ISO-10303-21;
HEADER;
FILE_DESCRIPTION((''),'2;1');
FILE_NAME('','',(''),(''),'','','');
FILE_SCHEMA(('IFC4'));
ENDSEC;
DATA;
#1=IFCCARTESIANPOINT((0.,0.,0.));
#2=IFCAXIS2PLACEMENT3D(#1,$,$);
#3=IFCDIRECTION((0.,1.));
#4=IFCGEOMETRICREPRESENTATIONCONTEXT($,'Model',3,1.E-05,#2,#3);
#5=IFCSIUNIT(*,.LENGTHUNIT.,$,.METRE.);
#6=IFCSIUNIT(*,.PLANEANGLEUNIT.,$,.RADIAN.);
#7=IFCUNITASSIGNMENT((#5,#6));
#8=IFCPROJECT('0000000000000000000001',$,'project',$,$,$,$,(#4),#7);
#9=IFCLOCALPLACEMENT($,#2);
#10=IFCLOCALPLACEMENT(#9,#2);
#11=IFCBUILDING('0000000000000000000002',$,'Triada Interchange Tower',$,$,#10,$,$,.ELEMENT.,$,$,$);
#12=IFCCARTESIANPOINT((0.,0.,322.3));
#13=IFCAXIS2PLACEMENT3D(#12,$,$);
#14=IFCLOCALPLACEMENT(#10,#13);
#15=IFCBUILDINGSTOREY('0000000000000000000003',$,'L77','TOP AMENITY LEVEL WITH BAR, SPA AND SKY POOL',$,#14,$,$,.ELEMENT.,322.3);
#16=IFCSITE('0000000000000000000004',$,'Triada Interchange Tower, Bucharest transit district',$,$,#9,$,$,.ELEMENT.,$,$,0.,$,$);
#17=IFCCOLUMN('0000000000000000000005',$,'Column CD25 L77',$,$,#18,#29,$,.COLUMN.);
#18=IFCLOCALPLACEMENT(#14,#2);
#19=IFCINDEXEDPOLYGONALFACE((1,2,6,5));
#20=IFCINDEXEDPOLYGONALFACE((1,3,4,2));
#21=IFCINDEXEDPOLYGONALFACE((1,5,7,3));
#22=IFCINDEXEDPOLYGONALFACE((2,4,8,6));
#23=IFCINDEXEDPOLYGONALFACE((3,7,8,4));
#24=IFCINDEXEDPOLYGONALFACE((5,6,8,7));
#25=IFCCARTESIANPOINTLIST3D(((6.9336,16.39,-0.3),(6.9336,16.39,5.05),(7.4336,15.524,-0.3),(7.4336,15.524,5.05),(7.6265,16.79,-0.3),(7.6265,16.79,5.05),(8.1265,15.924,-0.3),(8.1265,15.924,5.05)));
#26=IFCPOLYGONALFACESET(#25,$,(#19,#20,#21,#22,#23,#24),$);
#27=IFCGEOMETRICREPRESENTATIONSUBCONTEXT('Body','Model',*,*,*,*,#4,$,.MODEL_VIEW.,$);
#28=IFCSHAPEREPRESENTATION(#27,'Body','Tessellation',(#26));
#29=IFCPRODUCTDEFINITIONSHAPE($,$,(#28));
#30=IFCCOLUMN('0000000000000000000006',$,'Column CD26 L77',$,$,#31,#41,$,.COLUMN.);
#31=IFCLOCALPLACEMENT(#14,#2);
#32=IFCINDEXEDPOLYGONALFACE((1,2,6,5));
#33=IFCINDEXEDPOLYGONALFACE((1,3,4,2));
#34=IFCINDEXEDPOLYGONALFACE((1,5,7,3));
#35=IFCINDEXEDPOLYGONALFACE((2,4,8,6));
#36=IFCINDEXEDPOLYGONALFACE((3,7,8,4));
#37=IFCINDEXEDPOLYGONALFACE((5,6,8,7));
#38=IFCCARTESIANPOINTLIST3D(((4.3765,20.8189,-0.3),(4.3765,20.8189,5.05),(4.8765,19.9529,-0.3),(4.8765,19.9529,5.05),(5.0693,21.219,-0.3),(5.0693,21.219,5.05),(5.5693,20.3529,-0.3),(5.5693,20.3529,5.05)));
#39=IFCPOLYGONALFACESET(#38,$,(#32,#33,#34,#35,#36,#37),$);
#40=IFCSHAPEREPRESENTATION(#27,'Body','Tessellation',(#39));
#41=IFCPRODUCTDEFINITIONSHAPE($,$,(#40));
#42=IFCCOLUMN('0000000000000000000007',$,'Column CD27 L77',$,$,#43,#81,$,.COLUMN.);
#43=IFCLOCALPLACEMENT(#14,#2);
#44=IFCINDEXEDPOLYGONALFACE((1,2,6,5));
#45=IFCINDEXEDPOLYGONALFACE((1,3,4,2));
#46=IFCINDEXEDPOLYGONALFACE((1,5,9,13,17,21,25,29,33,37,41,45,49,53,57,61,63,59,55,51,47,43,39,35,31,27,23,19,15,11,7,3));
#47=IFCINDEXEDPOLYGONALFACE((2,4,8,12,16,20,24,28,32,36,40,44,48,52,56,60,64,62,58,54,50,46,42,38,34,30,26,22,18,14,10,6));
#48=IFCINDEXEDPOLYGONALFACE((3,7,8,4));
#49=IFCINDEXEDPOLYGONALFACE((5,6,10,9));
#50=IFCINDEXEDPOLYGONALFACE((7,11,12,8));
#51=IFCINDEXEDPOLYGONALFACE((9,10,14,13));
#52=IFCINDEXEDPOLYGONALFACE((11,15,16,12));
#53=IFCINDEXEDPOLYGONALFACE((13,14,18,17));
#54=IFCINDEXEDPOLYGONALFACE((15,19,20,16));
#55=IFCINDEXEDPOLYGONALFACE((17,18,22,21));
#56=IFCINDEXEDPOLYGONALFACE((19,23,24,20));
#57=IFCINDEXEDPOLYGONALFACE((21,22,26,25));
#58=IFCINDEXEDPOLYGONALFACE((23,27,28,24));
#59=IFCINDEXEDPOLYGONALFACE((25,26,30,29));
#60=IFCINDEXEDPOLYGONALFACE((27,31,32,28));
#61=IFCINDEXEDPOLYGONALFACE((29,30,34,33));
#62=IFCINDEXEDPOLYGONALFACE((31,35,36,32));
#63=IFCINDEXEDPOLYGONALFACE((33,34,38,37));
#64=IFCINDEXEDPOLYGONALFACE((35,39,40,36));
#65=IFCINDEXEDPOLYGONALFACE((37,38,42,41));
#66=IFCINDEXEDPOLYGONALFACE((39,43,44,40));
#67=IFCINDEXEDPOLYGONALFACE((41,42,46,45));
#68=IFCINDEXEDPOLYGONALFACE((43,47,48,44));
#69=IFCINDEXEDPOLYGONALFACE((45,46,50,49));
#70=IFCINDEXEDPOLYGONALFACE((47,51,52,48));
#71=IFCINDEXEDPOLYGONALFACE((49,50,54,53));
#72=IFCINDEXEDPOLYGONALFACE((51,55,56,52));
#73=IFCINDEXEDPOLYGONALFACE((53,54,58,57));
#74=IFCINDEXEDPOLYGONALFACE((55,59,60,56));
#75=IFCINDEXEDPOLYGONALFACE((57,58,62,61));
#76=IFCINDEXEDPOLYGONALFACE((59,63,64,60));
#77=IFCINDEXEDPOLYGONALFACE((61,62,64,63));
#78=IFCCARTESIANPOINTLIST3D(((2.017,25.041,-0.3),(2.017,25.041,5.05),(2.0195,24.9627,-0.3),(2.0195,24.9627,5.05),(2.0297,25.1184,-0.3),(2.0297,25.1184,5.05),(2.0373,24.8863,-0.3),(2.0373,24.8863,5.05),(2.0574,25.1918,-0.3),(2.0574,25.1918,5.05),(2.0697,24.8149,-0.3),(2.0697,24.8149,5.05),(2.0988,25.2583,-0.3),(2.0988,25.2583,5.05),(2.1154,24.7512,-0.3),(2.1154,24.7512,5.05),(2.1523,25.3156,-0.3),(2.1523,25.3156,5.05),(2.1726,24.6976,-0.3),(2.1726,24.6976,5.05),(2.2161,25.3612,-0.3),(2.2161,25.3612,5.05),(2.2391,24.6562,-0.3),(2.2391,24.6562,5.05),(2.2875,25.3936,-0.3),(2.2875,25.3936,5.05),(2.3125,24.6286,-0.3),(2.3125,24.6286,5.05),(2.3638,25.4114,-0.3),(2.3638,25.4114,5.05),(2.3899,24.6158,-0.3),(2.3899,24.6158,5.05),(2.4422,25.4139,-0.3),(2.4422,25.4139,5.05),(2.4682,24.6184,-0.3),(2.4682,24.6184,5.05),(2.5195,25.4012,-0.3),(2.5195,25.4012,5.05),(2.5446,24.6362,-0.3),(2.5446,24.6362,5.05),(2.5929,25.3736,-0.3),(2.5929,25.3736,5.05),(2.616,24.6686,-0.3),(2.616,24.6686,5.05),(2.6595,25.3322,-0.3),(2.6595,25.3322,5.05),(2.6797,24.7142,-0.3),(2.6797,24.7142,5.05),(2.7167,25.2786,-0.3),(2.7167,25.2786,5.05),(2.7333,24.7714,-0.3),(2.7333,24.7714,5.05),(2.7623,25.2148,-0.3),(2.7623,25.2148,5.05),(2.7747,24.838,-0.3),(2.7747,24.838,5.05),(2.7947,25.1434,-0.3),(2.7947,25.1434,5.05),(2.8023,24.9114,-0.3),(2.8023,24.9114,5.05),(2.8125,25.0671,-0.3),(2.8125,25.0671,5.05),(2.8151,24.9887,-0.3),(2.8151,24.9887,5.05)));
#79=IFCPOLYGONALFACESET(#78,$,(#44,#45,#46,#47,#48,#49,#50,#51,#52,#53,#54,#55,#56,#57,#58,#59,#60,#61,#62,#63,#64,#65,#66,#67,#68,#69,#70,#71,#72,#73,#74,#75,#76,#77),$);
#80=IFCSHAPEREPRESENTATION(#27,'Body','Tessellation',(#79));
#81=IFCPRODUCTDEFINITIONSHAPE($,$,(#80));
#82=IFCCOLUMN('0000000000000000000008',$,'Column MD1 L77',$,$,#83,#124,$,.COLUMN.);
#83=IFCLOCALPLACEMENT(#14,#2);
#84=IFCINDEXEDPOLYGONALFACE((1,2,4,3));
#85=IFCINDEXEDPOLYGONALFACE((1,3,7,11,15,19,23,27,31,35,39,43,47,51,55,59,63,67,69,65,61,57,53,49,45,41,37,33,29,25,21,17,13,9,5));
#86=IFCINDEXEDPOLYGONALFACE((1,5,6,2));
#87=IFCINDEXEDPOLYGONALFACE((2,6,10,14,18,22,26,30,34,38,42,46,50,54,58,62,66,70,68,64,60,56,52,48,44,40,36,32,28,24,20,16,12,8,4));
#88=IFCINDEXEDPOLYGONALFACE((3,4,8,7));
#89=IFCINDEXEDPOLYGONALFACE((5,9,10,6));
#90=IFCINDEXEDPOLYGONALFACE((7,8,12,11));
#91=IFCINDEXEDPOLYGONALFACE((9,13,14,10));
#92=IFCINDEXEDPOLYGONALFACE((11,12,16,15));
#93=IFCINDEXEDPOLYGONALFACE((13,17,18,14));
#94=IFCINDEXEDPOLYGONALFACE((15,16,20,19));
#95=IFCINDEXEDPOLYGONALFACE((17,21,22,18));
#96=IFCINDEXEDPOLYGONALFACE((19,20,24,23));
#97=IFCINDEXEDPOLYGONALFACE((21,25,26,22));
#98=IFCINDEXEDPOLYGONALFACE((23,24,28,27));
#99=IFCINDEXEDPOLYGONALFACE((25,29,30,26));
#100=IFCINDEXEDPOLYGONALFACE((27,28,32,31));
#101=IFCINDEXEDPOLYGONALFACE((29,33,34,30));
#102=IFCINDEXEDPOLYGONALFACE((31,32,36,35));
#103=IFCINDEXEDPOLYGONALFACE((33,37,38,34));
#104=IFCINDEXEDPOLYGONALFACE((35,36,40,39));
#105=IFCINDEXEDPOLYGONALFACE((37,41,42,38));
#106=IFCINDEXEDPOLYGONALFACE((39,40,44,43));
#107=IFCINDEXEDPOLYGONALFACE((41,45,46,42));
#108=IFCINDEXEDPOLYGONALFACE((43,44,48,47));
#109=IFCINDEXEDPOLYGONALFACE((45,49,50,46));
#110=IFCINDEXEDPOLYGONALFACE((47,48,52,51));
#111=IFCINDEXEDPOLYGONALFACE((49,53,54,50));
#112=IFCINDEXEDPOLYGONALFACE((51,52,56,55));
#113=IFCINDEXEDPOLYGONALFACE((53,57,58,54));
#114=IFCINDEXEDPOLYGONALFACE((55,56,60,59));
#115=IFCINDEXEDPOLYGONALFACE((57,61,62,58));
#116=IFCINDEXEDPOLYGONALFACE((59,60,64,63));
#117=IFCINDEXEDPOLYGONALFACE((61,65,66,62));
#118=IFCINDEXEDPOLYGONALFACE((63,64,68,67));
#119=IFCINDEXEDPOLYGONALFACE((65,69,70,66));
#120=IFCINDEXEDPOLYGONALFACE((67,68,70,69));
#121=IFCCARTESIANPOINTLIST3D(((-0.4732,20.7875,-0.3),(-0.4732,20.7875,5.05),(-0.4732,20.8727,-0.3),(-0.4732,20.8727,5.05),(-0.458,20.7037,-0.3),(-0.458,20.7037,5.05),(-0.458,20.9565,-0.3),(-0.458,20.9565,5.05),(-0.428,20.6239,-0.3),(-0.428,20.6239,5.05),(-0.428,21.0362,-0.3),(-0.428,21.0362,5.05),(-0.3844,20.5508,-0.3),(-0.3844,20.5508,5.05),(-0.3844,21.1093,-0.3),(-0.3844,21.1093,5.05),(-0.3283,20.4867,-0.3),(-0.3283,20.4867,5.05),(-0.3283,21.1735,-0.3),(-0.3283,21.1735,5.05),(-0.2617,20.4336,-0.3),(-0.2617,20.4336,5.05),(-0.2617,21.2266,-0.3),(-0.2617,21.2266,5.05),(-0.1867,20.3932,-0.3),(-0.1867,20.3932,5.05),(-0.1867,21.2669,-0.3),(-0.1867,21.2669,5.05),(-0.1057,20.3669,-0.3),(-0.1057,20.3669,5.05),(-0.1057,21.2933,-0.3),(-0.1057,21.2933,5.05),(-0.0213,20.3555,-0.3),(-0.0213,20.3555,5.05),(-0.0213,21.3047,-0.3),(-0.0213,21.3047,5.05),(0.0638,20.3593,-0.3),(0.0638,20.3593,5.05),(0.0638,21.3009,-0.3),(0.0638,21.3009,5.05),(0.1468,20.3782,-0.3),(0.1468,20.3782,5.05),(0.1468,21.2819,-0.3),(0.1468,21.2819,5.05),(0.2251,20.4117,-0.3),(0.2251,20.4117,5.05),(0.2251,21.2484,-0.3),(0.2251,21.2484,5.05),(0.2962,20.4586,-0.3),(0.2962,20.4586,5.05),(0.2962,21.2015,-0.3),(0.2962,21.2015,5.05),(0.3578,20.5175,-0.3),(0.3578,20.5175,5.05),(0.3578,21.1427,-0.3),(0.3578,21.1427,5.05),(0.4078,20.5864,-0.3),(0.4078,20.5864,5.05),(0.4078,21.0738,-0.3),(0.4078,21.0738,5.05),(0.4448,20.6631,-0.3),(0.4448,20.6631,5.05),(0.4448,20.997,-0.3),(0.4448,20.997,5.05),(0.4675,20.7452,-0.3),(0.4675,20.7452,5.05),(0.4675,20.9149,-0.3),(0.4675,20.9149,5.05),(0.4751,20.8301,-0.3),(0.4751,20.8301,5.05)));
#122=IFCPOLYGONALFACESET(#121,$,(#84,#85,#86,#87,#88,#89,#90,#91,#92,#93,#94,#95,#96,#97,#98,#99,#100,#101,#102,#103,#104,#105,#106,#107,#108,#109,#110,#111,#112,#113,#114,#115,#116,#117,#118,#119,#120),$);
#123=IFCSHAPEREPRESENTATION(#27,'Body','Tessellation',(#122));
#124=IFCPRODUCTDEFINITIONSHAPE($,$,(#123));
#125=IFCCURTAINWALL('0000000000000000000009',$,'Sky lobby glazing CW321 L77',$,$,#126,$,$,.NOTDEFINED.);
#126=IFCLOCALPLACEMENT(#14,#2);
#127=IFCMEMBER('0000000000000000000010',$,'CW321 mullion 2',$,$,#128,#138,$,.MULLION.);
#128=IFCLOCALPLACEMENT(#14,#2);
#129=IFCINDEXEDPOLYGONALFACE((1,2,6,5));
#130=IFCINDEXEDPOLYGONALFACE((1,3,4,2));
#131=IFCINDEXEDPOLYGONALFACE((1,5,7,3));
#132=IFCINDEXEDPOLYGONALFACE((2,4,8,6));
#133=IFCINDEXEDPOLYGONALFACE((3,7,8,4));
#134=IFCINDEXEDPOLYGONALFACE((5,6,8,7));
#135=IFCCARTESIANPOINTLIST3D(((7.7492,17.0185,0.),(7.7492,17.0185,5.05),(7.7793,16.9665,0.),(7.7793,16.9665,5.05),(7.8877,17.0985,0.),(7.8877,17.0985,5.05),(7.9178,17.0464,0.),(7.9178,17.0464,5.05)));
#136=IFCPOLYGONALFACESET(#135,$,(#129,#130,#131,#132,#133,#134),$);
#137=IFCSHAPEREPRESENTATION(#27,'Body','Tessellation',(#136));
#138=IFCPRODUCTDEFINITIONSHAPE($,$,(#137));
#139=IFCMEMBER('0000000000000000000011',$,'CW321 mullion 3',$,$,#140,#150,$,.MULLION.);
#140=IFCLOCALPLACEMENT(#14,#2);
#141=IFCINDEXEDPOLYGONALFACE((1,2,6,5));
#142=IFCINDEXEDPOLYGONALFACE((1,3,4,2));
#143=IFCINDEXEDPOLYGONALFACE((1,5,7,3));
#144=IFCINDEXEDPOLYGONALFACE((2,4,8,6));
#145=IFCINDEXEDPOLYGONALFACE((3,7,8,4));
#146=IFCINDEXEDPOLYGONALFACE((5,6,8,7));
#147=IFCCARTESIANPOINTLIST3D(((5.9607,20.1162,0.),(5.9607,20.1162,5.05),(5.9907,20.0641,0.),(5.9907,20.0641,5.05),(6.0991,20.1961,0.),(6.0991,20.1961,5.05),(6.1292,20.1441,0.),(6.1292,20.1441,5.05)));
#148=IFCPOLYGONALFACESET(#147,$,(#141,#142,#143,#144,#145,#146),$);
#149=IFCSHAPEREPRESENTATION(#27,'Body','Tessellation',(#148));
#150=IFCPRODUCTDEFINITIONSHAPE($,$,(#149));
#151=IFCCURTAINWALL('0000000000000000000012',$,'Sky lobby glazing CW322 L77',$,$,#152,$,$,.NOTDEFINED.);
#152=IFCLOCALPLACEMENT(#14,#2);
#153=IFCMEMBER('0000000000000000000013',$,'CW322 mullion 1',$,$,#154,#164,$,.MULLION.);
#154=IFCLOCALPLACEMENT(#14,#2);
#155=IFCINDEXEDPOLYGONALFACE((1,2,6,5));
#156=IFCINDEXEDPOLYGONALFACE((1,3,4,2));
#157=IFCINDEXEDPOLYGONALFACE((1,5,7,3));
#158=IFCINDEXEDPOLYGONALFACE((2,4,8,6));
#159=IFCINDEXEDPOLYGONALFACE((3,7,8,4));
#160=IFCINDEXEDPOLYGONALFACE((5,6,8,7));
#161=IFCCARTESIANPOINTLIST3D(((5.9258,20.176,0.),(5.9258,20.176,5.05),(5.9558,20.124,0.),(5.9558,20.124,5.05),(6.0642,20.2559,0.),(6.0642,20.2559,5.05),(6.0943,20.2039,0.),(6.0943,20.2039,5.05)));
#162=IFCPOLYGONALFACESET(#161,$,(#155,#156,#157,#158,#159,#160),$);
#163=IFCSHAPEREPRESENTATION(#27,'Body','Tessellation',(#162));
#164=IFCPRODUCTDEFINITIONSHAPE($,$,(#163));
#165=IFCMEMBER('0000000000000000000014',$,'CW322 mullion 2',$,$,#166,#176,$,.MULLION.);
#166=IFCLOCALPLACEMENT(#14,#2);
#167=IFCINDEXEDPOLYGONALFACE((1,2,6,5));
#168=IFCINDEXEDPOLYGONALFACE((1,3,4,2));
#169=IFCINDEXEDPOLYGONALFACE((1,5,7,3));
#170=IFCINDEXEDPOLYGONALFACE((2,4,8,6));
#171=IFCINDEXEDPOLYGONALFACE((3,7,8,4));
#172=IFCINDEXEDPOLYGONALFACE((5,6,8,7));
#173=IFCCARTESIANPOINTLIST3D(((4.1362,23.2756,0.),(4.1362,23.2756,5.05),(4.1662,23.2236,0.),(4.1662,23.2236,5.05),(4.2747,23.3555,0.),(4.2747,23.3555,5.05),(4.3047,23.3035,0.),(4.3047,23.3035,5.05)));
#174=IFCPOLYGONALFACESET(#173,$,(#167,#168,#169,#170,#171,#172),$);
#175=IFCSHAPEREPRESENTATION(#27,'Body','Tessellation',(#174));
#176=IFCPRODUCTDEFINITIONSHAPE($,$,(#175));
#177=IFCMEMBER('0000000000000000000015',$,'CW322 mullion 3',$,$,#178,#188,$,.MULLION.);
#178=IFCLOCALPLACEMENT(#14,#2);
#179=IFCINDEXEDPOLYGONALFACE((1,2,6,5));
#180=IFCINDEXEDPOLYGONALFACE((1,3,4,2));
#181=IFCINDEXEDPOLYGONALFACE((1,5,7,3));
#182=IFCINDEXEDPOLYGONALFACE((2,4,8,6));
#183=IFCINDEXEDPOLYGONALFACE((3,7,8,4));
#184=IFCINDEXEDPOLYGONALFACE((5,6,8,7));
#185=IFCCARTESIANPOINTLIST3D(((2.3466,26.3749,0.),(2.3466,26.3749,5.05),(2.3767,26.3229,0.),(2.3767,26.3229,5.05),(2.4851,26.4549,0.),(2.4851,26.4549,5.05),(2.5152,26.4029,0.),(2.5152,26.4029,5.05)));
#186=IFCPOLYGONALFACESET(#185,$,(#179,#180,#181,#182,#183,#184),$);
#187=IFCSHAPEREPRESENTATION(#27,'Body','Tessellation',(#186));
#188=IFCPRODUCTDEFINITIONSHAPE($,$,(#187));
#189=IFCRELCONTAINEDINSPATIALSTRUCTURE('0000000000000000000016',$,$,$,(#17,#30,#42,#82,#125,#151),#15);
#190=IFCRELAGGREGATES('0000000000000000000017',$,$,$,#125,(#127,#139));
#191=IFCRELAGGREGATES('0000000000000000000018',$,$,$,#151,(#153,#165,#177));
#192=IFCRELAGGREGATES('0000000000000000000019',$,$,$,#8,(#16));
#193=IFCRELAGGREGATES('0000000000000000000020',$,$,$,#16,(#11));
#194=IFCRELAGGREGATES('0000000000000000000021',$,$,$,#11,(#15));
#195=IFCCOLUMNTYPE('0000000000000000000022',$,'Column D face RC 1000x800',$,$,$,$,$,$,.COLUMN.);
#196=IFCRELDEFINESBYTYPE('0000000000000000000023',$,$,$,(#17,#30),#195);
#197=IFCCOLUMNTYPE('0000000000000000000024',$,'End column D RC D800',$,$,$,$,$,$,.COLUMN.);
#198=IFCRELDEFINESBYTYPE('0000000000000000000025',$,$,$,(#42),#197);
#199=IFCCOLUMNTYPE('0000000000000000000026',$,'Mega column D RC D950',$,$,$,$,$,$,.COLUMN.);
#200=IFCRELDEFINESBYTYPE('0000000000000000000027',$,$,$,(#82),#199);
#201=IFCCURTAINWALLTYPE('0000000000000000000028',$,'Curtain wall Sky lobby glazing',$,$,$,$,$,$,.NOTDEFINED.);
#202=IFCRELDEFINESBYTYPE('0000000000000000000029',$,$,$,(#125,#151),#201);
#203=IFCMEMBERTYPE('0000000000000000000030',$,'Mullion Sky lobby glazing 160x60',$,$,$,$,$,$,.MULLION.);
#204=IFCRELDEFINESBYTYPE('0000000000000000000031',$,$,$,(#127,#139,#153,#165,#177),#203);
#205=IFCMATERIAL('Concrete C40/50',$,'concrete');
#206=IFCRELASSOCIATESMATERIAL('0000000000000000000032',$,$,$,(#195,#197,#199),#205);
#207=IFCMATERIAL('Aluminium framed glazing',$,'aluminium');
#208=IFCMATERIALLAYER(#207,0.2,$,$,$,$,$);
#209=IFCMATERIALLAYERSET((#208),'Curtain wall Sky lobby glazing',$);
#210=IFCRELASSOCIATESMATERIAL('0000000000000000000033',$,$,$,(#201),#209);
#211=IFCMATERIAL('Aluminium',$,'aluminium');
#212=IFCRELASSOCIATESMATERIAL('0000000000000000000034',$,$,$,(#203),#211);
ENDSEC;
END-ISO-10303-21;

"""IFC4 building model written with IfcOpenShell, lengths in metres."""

from ifc_helpers import new_model, si_unit, direction, frame, origin, origin_2d, place, context, subcontext, project, spatial, rectangle, circle, extrude, material, layer, layer_set, material_profile, profile_set, type_object, element, aggregate, save


model = new_model("IFC4")

# Units and contexts
model_context = context("Model", 3, precision=1e-05, world=origin(), true_north=direction((0.0, 1.0)))
body_context = subcontext(model_context, "Body", "Model", "MODEL_VIEW")
ifc_project = project(units=[si_unit("LENGTHUNIT", "METRE"), si_unit("PLANEANGLEUNIT", "RADIAN")], contexts=[model_context])

# Site, building, storey
site_placement = place(None, origin())
site = spatial("IfcSite", under=ifc_project, at=site_placement, Name="Triada Interchange Tower, Bucharest transit district", CompositionType="ELEMENT", RefElevation=0.0)
building_placement = place(site_placement, origin())
building = spatial("IfcBuilding", under=site, at=building_placement, Name="Triada Interchange Tower", CompositionType="ELEMENT")
storey_placement = place(building_placement, frame((0.0, 0.0, 322.3)))
storey = spatial("IfcBuildingStorey", under=building, at=storey_placement, Name="L77", Description="TOP AMENITY LEVEL WITH BAR, SPA AND SKY POOL", CompositionType="ELEMENT", Elevation=322.3)

# Columns
ifc_material_1 = material(Name="Concrete C40/50", Category="concrete")
ifc_material_profile_1 = material_profile(ifc_material_1, rectangle(XDim=1.0, YDim=0.8, at=origin_2d()), Name="RC 1000x800")
ifc_profile_set_1 = profile_set([ifc_material_profile_1], Name="Concrete C40/50")
column_type_1 = type_object("IfcColumnType", Name="Column D face RC 1000x800", PredefinedType="COLUMN", material=ifc_profile_set_1)
for number, where, z_axis, x_axis, name in (
    (1, (7.53, 16.157, -0.3), (0.0, 0.0, 1.0), (-0.5, 0.866025, 0.0), "Column CD25 L77"),
    (2, (4.9729, 20.5859, -0.3), (0.0, 0.0, 1.0), (-0.5, 0.866025, 0.0), "Column CD26 L77"),
):
    element("IfcColumn", number, at=place(storey_placement, frame(where, z_axis=z_axis, x_axis=x_axis)), inside=storey, type_object=column_type_1, Name=name, PredefinedType="COLUMN", context=body_context, shape_type="SweptSolid", body=[
        extrude(rectangle(XDim=1.0, YDim=0.8, at=origin_2d()), origin(), (0.0, 0.0, 1.0), 5.3501),
    ])
ifc_material_profile_2 = material_profile(ifc_material_1, circle(Radius=0.3999, at=origin_2d()), Name="RC D800")
ifc_profile_set_2 = profile_set([ifc_material_profile_2], Name="Concrete C40/50")
column_type_2 = type_object("IfcColumnType", Name="End column D RC D800", PredefinedType="COLUMN", material=ifc_profile_set_2)
column_1_placement = place(storey_placement, frame((2.416, 25.0149, -0.3), z_axis=(0.0, 0.0, 1.0), x_axis=(-0.5, 0.866025, 0.0)))
element("IfcColumn", 3, at=column_1_placement, inside=storey, type_object=column_type_2, Name="Column CD27 L77", PredefinedType="COLUMN", context=body_context, shape_type="SweptSolid", body=[
    extrude(circle(Radius=0.3999, at=origin_2d()), origin(), (0.0, 0.0, 1.0), 5.3501),
])
ifc_material_profile_3 = material_profile(ifc_material_1, circle(Radius=0.4751, at=origin_2d()), Name="RC D950")
ifc_profile_set_3 = profile_set([ifc_material_profile_3], Name="Concrete C40/50")
column_type_3 = type_object("IfcColumnType", Name="Mega column D RC D950", PredefinedType="COLUMN", material=ifc_profile_set_3)
column_2_placement = place(storey_placement, frame((0.0, 20.8301, -0.3), z_axis=(0.0, 0.0, 1.0), x_axis=(1.0, 0.0, 0.0)))
element("IfcColumn", 4, at=column_2_placement, inside=storey, type_object=column_type_3, Name="Column MD1 L77", PredefinedType="COLUMN", context=body_context, shape_type="SweptSolid", body=[
    extrude(circle(Radius=0.4751, at=origin_2d()), origin(), (0.0, 0.0, 1.0), 5.3501),
])

# Curtain walls, members
ifc_material_2 = material(Name="Aluminium framed glazing", Category="aluminium")
ifc_layer_1 = layer(ifc_material_2, 0.2)
ifc_layer_set_1 = layer_set([ifc_layer_1], Name="Curtain wall Sky lobby glazing")
curtain_wall_type_1 = type_object("IfcCurtainWallType", Name="Curtain wall Sky lobby glazing", PredefinedType="NOTDEFINED", material=ifc_layer_set_1)
curtain_wall_1_placement = place(storey_placement, origin())
curtain_wall_1 = element("IfcCurtainWall", 5, at=curtain_wall_1_placement, inside=storey, type_object=curtain_wall_type_1, Name="Sky lobby glazing CW321 L77", PredefinedType="NOTDEFINED")
ifc_material_3 = material(Name="Aluminium", Category="aluminium")
ifc_material_profile_4 = material_profile(ifc_material_3, rectangle(XDim=0.1599, YDim=0.0601, at=origin_2d()), Name="Aluminium mullion")
ifc_profile_set_4 = profile_set([ifc_material_profile_4], Name="Aluminium")
member_type_1 = type_object("IfcMemberType", Name="Mullion Sky lobby glazing 160x60", PredefinedType="MULLION", material=ifc_profile_set_4)
member_1_placement = place(storey_placement, frame((7.8335, 17.0325, 0.0), z_axis=(0.0, 0.0, 1.0), x_axis=(-0.866008, -0.50003, 0.0)))
member_1 = element("IfcMember", 6, at=member_1_placement, type_object=member_type_1, Name="CW321 mullion 2", PredefinedType="MULLION", context=body_context, shape_type="SweptSolid", body=[
    extrude(rectangle(XDim=0.1599, YDim=0.0601, at=origin_2d()), origin(), (0.0, 0.0, 1.0), 5.05),
])
member_2_placement = place(storey_placement, frame((6.0449, 20.1301, 0.0), z_axis=(0.0, 0.0, 1.0), x_axis=(-0.866008, -0.50003, 0.0)))
member_2 = element("IfcMember", 7, at=member_2_placement, type_object=member_type_1, Name="CW321 mullion 3", PredefinedType="MULLION", context=body_context, shape_type="SweptSolid", body=[
    extrude(rectangle(XDim=0.1599, YDim=0.0601, at=origin_2d()), origin(), (0.0, 0.0, 1.0), 5.05),
])
curtain_wall_2_placement = place(storey_placement, origin())
curtain_wall_2 = element("IfcCurtainWall", 8, at=curtain_wall_2_placement, inside=storey, type_object=curtain_wall_type_1, Name="Sky lobby glazing CW322 L77", PredefinedType="NOTDEFINED")
member_3_placement = place(storey_placement, frame((6.01, 20.1899, 0.0), z_axis=(0.0, 0.0, 1.0), x_axis=(-0.866026, -0.499998, 0.0)))
member_3 = element("IfcMember", 9, at=member_3_placement, type_object=member_type_1, Name="CW322 mullion 1", PredefinedType="MULLION", context=body_context, shape_type="SweptSolid", body=[
    extrude(rectangle(XDim=0.1599, YDim=0.0601, at=origin_2d()), origin(), (0.0, 0.0, 1.0), 5.05),
])
member_4_placement = place(storey_placement, frame((4.2205, 23.2896, 0.0), z_axis=(0.0, 0.0, 1.0), x_axis=(-0.866026, -0.499998, 0.0)))
member_4 = element("IfcMember", 10, at=member_4_placement, type_object=member_type_1, Name="CW322 mullion 2", PredefinedType="MULLION", context=body_context, shape_type="SweptSolid", body=[
    extrude(rectangle(XDim=0.1599, YDim=0.0601, at=origin_2d()), origin(), (0.0, 0.0, 1.0), 5.05),
])
member_5_placement = place(storey_placement, frame((2.4309, 26.3889, 0.0), z_axis=(0.0, 0.0, 1.0), x_axis=(-0.866026, -0.499998, 0.0)))
member_5 = element("IfcMember", 11, at=member_5_placement, type_object=member_type_1, Name="CW322 mullion 3", PredefinedType="MULLION", context=body_context, shape_type="SweptSolid", body=[
    extrude(rectangle(XDim=0.1599, YDim=0.0601, at=origin_2d()), origin(), (0.0, 0.0, 1.0), 5.05),
])

aggregate(curtain_wall_1, [member_1, member_2])
aggregate(curtain_wall_2, [member_3, member_4, member_5])

save(model, "model.ifc")
